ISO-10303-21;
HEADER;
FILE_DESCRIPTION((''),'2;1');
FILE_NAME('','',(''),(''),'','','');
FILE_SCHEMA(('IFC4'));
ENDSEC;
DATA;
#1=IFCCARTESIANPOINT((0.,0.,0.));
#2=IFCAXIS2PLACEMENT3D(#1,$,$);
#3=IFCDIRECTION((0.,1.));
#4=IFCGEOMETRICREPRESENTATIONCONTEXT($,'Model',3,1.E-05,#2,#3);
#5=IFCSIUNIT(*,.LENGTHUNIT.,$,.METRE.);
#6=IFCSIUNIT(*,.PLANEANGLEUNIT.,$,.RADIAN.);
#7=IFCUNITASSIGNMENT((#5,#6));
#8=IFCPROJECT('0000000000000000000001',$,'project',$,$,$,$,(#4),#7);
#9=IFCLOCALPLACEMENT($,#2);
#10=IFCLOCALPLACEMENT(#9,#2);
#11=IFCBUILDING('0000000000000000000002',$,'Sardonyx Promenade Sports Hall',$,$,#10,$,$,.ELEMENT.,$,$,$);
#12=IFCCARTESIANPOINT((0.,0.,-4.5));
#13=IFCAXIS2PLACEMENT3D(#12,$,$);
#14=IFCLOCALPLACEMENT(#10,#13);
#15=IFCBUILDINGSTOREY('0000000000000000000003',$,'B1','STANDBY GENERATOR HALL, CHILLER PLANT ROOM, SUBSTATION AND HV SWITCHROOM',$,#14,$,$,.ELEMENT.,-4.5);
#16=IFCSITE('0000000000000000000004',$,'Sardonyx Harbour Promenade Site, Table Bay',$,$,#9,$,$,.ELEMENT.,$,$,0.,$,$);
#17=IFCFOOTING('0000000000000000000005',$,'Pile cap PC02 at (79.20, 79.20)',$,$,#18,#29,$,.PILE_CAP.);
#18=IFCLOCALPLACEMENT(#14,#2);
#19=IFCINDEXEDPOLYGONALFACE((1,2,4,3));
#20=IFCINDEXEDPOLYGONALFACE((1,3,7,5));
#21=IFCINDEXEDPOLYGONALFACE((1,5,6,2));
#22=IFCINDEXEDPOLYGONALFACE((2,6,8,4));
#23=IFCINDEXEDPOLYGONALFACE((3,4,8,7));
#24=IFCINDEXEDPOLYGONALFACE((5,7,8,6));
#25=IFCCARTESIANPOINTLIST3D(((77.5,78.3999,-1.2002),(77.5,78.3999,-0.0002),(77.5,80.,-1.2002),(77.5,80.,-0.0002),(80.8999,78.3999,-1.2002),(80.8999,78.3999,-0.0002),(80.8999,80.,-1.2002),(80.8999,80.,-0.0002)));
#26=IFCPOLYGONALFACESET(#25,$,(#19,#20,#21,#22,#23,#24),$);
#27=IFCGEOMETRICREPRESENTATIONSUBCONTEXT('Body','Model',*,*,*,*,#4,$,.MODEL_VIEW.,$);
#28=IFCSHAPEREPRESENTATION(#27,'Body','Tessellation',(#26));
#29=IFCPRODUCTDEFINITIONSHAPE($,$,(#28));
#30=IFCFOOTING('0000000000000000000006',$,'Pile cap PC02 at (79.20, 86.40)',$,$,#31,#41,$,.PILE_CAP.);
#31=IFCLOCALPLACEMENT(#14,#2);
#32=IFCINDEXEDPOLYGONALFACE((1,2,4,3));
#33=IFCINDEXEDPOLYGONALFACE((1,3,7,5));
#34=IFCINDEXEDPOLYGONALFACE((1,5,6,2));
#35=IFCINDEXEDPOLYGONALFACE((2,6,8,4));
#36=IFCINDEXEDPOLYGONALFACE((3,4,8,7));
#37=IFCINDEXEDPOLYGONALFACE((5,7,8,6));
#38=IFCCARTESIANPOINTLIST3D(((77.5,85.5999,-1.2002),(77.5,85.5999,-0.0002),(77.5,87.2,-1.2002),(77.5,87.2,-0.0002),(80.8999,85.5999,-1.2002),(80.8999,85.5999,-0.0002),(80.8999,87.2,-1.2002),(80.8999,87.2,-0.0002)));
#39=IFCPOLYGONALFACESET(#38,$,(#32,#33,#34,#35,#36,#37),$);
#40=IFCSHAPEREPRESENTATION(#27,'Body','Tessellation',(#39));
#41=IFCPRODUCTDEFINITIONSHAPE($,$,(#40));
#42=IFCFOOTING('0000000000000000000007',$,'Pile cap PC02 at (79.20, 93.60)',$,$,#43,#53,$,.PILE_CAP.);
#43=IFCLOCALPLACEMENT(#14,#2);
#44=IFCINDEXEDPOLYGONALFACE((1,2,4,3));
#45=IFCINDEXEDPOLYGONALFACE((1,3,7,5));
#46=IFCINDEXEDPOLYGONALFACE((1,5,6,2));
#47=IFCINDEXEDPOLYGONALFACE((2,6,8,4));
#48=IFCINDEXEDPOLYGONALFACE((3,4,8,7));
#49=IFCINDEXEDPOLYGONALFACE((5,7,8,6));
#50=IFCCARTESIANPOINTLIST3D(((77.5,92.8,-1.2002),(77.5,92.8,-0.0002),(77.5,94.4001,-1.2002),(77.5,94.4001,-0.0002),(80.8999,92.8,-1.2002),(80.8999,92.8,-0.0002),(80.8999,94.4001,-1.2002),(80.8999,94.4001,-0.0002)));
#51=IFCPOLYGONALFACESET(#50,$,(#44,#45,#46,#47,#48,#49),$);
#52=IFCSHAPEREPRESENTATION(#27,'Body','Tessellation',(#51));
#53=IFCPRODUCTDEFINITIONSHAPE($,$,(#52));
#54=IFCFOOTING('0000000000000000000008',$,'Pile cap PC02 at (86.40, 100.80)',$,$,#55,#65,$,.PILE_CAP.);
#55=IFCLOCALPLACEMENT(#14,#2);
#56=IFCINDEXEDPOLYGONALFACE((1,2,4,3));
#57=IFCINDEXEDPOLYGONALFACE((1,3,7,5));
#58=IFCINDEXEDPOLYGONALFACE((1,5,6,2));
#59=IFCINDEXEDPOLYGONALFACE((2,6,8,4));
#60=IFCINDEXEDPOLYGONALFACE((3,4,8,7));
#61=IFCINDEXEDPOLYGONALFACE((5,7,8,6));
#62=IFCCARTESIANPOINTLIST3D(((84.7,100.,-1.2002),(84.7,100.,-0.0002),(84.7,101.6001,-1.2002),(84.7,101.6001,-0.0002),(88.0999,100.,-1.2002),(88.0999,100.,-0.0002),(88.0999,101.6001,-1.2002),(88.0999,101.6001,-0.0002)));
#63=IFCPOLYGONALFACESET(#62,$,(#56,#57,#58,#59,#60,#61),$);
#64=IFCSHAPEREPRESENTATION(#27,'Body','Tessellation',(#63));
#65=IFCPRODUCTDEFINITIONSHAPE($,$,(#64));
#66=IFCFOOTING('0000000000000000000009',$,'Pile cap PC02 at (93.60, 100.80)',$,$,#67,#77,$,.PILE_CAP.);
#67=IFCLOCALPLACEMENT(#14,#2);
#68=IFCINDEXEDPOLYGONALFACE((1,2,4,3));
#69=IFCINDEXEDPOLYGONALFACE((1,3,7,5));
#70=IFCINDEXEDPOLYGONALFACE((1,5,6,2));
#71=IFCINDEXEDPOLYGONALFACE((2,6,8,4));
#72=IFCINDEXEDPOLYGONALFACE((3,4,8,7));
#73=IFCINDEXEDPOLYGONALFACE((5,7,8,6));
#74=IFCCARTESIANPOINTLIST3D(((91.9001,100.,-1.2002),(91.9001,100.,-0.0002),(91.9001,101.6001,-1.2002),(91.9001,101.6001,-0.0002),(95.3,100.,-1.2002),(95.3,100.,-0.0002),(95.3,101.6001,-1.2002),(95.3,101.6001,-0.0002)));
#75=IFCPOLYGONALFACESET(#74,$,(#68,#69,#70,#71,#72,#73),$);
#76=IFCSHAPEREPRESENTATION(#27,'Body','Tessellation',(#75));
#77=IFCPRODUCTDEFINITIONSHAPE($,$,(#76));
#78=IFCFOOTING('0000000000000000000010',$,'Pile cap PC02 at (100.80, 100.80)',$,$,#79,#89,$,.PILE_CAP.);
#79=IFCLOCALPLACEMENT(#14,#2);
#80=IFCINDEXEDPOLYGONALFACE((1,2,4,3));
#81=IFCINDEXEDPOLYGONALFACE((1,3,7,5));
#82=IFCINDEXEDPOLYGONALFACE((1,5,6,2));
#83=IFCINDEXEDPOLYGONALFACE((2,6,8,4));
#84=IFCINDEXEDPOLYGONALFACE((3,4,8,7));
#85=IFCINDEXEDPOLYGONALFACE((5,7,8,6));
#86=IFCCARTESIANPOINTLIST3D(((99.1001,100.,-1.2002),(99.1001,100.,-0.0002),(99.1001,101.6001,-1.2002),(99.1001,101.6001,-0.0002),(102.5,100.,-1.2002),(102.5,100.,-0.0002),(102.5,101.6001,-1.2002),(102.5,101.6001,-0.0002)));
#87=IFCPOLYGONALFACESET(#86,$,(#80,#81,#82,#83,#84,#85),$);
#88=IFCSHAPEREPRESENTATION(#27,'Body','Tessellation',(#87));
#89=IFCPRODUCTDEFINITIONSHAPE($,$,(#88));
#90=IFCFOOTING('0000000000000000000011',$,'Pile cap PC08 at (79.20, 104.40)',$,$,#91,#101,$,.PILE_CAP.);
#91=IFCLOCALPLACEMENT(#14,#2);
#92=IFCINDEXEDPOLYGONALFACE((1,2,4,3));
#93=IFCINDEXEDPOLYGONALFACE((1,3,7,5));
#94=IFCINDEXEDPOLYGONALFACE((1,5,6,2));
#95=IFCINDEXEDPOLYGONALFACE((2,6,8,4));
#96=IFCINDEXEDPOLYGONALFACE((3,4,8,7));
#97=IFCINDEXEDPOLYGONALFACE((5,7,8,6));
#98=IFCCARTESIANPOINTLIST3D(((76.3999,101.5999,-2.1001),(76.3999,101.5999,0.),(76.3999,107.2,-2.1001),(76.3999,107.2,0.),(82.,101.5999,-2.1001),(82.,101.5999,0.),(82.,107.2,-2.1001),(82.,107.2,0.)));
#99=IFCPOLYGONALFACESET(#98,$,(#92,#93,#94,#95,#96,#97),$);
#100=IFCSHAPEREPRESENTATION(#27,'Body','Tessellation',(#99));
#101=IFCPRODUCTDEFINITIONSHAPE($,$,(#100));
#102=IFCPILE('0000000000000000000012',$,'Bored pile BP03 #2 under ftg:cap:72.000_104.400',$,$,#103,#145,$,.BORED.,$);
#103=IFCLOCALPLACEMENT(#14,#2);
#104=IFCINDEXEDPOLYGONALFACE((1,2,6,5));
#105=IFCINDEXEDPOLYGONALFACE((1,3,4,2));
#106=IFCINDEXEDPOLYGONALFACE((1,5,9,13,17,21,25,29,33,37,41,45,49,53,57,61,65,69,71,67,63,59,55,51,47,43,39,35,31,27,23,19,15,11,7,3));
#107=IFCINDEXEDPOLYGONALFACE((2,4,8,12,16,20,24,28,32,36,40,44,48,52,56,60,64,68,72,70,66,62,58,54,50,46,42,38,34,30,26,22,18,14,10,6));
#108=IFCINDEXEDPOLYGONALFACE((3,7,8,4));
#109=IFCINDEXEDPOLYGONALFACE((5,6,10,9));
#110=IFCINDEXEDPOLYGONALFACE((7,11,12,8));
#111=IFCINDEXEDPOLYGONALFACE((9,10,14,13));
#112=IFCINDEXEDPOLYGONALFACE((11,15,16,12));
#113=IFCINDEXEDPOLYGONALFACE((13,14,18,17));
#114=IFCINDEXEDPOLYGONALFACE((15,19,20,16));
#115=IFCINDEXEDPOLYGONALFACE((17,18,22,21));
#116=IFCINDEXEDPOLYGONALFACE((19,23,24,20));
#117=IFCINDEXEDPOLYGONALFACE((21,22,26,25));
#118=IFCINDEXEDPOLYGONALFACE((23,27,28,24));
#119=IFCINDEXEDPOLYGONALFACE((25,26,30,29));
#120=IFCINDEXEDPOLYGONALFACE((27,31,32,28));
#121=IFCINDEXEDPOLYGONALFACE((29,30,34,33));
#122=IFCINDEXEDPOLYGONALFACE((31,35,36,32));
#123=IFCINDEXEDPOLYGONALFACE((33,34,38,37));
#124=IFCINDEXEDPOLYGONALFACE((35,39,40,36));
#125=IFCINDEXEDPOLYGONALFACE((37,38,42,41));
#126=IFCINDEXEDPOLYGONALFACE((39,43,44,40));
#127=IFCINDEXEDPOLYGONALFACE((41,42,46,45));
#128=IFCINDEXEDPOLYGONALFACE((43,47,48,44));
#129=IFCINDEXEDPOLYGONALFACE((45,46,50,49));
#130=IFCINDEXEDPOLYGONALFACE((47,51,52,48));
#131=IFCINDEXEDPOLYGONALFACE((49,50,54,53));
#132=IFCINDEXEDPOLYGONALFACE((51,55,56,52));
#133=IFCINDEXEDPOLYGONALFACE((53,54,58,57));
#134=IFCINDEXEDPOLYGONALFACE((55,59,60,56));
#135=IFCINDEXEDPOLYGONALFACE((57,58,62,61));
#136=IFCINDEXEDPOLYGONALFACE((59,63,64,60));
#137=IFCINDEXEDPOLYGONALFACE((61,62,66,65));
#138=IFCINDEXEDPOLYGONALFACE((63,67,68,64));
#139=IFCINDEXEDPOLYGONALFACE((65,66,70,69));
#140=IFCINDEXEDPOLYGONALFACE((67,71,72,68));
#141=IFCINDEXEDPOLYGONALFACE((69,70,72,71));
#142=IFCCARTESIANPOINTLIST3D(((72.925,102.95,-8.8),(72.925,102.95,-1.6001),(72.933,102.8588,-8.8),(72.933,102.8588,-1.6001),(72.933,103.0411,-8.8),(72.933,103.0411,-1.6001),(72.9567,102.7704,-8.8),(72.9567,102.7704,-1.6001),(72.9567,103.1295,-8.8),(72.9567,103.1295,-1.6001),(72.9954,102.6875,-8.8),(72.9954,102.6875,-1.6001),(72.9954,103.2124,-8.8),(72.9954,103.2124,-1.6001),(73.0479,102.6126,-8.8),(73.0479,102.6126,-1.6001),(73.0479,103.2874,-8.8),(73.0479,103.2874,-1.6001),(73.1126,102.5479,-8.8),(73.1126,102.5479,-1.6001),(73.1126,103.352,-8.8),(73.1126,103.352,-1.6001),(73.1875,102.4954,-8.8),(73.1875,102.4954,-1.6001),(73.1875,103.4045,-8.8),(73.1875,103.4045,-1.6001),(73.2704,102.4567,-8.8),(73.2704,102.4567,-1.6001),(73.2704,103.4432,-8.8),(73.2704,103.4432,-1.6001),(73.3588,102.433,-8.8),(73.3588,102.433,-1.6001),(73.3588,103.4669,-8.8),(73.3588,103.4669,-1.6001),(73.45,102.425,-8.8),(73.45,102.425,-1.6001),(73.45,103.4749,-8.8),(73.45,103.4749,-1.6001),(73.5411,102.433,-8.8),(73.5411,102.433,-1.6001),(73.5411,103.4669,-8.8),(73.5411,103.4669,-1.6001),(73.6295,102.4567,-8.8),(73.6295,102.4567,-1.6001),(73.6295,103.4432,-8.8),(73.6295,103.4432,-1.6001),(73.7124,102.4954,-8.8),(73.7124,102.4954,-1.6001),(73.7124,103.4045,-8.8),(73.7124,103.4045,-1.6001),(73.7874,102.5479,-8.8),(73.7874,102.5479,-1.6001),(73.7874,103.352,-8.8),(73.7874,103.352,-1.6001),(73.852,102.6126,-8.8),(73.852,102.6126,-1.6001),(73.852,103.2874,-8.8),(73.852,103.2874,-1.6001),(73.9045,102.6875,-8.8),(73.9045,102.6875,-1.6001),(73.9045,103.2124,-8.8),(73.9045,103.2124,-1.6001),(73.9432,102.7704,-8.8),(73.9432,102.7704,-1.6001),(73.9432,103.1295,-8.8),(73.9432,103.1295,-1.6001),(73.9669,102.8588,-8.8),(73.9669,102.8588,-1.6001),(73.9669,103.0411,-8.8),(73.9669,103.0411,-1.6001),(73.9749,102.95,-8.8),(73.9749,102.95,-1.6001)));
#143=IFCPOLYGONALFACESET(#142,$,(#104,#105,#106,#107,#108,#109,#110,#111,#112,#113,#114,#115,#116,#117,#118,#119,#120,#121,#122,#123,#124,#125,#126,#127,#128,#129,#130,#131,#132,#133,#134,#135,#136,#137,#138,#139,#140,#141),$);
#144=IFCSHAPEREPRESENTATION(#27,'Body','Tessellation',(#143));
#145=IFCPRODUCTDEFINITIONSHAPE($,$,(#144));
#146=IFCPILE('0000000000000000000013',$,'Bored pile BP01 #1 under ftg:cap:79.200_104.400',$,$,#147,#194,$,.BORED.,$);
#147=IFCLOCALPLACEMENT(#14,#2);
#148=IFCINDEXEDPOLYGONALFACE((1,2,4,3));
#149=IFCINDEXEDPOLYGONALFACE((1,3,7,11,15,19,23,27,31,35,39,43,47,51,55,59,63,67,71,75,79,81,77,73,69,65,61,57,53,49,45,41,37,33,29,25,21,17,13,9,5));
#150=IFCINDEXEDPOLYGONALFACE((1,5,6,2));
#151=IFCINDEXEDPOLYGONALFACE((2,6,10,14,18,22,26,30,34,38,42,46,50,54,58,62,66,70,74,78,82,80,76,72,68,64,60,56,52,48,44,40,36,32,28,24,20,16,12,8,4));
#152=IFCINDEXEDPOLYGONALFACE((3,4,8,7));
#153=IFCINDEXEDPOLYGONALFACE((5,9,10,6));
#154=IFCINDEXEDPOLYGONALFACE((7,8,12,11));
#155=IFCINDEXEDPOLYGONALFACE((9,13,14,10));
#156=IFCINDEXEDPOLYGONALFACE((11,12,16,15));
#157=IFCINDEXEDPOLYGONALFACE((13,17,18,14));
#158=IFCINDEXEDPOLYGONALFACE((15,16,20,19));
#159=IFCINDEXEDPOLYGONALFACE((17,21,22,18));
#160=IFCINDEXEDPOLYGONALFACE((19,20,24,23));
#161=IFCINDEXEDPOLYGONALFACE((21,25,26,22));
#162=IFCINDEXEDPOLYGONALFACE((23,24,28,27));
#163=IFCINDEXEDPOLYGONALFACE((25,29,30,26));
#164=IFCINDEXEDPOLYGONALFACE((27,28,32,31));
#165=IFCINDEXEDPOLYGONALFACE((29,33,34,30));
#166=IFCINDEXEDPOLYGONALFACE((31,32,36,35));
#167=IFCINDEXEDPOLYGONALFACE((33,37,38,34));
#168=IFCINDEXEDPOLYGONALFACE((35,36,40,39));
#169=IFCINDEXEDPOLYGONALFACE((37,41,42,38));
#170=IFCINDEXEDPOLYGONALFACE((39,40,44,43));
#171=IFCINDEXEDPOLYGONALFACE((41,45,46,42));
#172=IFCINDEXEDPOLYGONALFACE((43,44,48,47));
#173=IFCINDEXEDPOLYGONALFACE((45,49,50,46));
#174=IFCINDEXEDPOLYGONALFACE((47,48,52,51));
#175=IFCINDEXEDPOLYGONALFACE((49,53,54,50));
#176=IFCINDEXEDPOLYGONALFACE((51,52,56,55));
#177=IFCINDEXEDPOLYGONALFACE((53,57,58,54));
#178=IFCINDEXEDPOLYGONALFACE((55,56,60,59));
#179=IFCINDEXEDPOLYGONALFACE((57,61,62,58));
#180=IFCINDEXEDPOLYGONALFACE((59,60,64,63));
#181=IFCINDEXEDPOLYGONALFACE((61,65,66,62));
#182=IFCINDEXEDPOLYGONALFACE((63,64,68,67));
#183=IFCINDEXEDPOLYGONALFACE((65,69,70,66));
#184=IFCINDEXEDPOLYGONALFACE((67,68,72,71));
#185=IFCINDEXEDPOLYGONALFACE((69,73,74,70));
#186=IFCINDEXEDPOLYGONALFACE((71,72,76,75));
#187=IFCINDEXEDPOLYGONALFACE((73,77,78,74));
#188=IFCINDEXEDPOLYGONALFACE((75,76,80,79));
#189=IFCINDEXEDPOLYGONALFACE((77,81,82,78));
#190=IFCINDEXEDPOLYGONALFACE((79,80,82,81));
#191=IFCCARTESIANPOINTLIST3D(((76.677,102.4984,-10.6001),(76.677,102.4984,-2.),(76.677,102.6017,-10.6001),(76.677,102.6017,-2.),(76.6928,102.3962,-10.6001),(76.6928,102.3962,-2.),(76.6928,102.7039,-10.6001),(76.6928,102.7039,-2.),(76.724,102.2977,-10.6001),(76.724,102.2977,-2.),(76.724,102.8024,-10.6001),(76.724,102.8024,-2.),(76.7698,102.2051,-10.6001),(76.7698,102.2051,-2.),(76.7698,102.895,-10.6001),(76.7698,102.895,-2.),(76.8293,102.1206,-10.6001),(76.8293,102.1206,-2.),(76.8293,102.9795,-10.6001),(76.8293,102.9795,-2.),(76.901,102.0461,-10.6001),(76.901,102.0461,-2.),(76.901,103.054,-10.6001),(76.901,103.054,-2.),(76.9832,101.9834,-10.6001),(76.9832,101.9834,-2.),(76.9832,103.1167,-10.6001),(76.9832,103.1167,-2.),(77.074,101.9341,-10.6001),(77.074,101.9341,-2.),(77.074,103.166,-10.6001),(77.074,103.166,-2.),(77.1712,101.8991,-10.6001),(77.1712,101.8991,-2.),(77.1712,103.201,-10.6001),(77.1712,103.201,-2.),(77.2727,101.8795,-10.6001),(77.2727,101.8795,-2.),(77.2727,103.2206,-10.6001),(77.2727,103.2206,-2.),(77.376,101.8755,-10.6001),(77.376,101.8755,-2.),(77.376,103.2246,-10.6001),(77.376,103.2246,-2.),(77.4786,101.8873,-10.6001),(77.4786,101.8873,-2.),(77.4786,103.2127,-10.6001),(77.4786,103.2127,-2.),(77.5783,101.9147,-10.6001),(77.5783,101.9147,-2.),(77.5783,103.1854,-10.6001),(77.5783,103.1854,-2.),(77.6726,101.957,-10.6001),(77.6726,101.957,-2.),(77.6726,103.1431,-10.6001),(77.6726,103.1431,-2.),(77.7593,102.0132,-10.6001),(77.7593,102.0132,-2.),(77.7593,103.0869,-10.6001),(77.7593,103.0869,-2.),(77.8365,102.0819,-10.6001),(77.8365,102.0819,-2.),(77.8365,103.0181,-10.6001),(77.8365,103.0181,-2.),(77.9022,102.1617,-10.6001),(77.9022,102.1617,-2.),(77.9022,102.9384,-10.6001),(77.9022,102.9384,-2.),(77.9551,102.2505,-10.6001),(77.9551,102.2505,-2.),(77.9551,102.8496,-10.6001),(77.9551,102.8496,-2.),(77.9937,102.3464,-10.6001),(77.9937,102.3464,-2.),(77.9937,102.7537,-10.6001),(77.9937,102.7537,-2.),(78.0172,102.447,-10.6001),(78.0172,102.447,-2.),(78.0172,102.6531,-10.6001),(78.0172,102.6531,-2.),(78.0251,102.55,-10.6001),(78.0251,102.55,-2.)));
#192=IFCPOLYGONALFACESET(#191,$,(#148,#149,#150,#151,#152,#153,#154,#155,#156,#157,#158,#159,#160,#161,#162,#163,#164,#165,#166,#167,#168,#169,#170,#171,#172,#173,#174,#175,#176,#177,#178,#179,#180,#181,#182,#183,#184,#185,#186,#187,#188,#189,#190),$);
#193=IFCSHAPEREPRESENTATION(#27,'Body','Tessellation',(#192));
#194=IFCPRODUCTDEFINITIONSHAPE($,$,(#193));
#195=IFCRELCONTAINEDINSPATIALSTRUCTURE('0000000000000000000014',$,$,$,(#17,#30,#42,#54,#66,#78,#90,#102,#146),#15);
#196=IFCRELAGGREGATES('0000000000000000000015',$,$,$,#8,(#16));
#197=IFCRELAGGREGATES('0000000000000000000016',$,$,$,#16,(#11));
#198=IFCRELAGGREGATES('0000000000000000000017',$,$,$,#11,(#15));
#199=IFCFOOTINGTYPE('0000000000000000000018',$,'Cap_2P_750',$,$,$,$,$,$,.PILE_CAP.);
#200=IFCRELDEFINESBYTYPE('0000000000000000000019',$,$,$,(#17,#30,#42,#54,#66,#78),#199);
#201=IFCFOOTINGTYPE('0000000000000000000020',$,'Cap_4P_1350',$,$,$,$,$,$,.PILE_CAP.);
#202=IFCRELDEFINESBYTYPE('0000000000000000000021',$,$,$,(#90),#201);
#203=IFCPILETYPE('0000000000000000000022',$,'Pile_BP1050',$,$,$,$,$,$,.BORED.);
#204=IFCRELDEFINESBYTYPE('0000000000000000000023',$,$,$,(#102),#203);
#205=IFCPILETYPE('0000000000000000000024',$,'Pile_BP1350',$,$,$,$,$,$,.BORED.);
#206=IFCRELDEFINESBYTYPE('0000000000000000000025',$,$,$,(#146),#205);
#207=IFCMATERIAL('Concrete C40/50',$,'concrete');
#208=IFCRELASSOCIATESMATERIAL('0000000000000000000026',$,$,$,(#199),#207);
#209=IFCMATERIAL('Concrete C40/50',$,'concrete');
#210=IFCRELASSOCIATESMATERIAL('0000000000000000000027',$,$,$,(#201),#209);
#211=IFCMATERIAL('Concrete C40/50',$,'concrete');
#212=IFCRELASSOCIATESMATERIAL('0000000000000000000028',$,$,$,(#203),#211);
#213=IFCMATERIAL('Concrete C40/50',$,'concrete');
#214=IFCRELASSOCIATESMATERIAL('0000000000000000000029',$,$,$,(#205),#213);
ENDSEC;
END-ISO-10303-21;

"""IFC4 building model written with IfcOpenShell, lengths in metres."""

from ifc_helpers import new_model, si_unit, direction, frame, origin, origin_2d, place, context, subcontext, project, spatial, rectangle, circle, extrude, material, material_profile, profile_set, type_object, element, save


model = new_model("IFC4")

# Units and contexts
model_context = context("Model", 3, precision=1e-05, world=origin(), true_north=direction((0.0, 1.0)))
body_context = subcontext(model_context, "Body", "Model", "MODEL_VIEW")
ifc_project = project(units=[si_unit("LENGTHUNIT", "METRE"), si_unit("PLANEANGLEUNIT", "RADIAN")], contexts=[model_context])

# Site, building, storey
site_placement = place(None, origin())
site = spatial("IfcSite", under=ifc_project, at=site_placement, Name="Sardonyx Harbour Promenade Site, Table Bay", CompositionType="ELEMENT", RefElevation=0.0)
building_placement = place(site_placement, origin())
building = spatial("IfcBuilding", under=site, at=building_placement, Name="Sardonyx Promenade Sports Hall", CompositionType="ELEMENT")
storey_placement = place(building_placement, frame((0.0, 0.0, -4.5)))
storey = spatial("IfcBuildingStorey", under=building, at=storey_placement, Name="B1", Description="STANDBY GENERATOR HALL, CHILLER PLANT ROOM, SUBSTATION AND HV SWITCHROOM", CompositionType="ELEMENT", Elevation=-4.5)

# Footings
ifc_material_1 = material(Name="Concrete C40/50", Category="concrete")
footing_type_1 = type_object("IfcFootingType", Name="Cap_2P_750", PredefinedType="PILE_CAP", material=ifc_material_1)
for number, where, z_axis, x_axis, name in (
    (1, (79.2, 79.2, -1.2002), (0.0, 0.0, 1.0), (1.0, 0.0, 0.0), "Pile cap PC02 at (79.20, 79.20)"),
    (2, (79.2, 86.3999, -1.2002), (0.0, 0.0, 1.0), (1.0, 0.0, 0.0), "Pile cap PC02 at (79.20, 86.40)"),
    (3, (79.2, 93.6001, -1.2002), (0.0, 0.0, 1.0), (1.0, 0.0, 0.0), "Pile cap PC02 at (79.20, 93.60)"),
    (4, (86.3999, 100.8, -1.2002), (0.0, 0.0, 1.0), (1.0, 0.0, 0.0), "Pile cap PC02 at (86.40, 100.80)"),
    (5, (93.6001, 100.8, -1.2002), (0.0, 0.0, 1.0), (1.0, 0.0, 0.0), "Pile cap PC02 at (93.60, 100.80)"),
    (6, (100.8, 100.8, -1.2002), (0.0, 0.0, 1.0), (1.0, 0.0, 0.0), "Pile cap PC02 at (100.80, 100.80)"),
):
    element("IfcFooting", number, at=place(storey_placement, frame(where, z_axis=z_axis, x_axis=x_axis)), inside=storey, type_object=footing_type_1, Name=name, PredefinedType="PILE_CAP", context=body_context, shape_type="SweptSolid", body=[
        extrude(rectangle(XDim=3.3999, YDim=1.6001, at=origin_2d()), origin(), (0.0, 0.0, 1.0), 1.2),
    ])
ifc_material_2 = material(Name="Concrete C40/50", Category="concrete")
footing_type_2 = type_object("IfcFootingType", Name="Cap_4P_1350", PredefinedType="PILE_CAP", material=ifc_material_2)
footing_placement = place(storey_placement, frame((79.2, 104.3999, -2.1001), z_axis=(0.0, 0.0, 1.0), x_axis=(1.0, 0.0, 0.0)))
element("IfcFooting", 7, at=footing_placement, inside=storey, type_object=footing_type_2, Name="Pile cap PC08 at (79.20, 104.40)", PredefinedType="PILE_CAP", context=body_context, shape_type="SweptSolid", body=[
    extrude(rectangle(XDim=5.6001, YDim=5.6001, at=origin_2d()), origin(), (0.0, 0.0, 1.0), 2.1001),
])

# Piles
ifc_material_3 = material(Name="Concrete C40/50", Category="concrete")
ifc_material_profile_1 = material_profile(ifc_material_3, circle(Radius=0.5249, at=origin_2d()))
ifc_profile_set_1 = profile_set([ifc_material_profile_1], Name="Concrete C40/50")
pile_type_1 = type_object("IfcPileType", Name="Pile_BP1050", PredefinedType="BORED", material=ifc_profile_set_1)
pile_placement = place(storey_placement, frame((73.45, 102.95, -1.6001), z_axis=(0.0, 0.0, -1.0), x_axis=(1.0, 0.0, 0.0)))
element("IfcPile", 8, at=pile_placement, inside=storey, type_object=pile_type_1, Name="Bored pile BP03 #2 under ftg:cap:72.000_104.400", PredefinedType="BORED", context=body_context, shape_type="SweptSolid", body=[
    extrude(circle(Radius=0.5249, at=origin_2d()), origin(), (0.0, 0.0, 1.0), 7.2),
])
ifc_material_4 = material(Name="Concrete C40/50", Category="concrete")
ifc_material_profile_2 = material_profile(ifc_material_4, circle(Radius=0.675, at=origin_2d()))
ifc_profile_set_2 = profile_set([ifc_material_profile_2], Name="Concrete C40/50")
pile_type_2 = type_object("IfcPileType", Name="Pile_BP1350", PredefinedType="BORED", material=ifc_profile_set_2)
for number, where, z_axis, x_axis, name in (
    (9, (77.3501, 102.55, -2.0), (0.0, 0.0, -1.0), (1.0, 0.0, 0.0), "Bored pile BP01 #1 under ftg:cap:79.200_104.400"),
):
    element("IfcPile", number, at=place(storey_placement, frame(where, z_axis=z_axis, x_axis=x_axis)), inside=storey, type_object=pile_type_2, Name=name, PredefinedType="BORED", context=body_context, shape_type="SweptSolid", body=[
        extrude(circle(Radius=0.675, at=origin_2d()), origin(), (0.0, 0.0, 1.0), 8.6001),
    ])

save(model, "model.ifc")
